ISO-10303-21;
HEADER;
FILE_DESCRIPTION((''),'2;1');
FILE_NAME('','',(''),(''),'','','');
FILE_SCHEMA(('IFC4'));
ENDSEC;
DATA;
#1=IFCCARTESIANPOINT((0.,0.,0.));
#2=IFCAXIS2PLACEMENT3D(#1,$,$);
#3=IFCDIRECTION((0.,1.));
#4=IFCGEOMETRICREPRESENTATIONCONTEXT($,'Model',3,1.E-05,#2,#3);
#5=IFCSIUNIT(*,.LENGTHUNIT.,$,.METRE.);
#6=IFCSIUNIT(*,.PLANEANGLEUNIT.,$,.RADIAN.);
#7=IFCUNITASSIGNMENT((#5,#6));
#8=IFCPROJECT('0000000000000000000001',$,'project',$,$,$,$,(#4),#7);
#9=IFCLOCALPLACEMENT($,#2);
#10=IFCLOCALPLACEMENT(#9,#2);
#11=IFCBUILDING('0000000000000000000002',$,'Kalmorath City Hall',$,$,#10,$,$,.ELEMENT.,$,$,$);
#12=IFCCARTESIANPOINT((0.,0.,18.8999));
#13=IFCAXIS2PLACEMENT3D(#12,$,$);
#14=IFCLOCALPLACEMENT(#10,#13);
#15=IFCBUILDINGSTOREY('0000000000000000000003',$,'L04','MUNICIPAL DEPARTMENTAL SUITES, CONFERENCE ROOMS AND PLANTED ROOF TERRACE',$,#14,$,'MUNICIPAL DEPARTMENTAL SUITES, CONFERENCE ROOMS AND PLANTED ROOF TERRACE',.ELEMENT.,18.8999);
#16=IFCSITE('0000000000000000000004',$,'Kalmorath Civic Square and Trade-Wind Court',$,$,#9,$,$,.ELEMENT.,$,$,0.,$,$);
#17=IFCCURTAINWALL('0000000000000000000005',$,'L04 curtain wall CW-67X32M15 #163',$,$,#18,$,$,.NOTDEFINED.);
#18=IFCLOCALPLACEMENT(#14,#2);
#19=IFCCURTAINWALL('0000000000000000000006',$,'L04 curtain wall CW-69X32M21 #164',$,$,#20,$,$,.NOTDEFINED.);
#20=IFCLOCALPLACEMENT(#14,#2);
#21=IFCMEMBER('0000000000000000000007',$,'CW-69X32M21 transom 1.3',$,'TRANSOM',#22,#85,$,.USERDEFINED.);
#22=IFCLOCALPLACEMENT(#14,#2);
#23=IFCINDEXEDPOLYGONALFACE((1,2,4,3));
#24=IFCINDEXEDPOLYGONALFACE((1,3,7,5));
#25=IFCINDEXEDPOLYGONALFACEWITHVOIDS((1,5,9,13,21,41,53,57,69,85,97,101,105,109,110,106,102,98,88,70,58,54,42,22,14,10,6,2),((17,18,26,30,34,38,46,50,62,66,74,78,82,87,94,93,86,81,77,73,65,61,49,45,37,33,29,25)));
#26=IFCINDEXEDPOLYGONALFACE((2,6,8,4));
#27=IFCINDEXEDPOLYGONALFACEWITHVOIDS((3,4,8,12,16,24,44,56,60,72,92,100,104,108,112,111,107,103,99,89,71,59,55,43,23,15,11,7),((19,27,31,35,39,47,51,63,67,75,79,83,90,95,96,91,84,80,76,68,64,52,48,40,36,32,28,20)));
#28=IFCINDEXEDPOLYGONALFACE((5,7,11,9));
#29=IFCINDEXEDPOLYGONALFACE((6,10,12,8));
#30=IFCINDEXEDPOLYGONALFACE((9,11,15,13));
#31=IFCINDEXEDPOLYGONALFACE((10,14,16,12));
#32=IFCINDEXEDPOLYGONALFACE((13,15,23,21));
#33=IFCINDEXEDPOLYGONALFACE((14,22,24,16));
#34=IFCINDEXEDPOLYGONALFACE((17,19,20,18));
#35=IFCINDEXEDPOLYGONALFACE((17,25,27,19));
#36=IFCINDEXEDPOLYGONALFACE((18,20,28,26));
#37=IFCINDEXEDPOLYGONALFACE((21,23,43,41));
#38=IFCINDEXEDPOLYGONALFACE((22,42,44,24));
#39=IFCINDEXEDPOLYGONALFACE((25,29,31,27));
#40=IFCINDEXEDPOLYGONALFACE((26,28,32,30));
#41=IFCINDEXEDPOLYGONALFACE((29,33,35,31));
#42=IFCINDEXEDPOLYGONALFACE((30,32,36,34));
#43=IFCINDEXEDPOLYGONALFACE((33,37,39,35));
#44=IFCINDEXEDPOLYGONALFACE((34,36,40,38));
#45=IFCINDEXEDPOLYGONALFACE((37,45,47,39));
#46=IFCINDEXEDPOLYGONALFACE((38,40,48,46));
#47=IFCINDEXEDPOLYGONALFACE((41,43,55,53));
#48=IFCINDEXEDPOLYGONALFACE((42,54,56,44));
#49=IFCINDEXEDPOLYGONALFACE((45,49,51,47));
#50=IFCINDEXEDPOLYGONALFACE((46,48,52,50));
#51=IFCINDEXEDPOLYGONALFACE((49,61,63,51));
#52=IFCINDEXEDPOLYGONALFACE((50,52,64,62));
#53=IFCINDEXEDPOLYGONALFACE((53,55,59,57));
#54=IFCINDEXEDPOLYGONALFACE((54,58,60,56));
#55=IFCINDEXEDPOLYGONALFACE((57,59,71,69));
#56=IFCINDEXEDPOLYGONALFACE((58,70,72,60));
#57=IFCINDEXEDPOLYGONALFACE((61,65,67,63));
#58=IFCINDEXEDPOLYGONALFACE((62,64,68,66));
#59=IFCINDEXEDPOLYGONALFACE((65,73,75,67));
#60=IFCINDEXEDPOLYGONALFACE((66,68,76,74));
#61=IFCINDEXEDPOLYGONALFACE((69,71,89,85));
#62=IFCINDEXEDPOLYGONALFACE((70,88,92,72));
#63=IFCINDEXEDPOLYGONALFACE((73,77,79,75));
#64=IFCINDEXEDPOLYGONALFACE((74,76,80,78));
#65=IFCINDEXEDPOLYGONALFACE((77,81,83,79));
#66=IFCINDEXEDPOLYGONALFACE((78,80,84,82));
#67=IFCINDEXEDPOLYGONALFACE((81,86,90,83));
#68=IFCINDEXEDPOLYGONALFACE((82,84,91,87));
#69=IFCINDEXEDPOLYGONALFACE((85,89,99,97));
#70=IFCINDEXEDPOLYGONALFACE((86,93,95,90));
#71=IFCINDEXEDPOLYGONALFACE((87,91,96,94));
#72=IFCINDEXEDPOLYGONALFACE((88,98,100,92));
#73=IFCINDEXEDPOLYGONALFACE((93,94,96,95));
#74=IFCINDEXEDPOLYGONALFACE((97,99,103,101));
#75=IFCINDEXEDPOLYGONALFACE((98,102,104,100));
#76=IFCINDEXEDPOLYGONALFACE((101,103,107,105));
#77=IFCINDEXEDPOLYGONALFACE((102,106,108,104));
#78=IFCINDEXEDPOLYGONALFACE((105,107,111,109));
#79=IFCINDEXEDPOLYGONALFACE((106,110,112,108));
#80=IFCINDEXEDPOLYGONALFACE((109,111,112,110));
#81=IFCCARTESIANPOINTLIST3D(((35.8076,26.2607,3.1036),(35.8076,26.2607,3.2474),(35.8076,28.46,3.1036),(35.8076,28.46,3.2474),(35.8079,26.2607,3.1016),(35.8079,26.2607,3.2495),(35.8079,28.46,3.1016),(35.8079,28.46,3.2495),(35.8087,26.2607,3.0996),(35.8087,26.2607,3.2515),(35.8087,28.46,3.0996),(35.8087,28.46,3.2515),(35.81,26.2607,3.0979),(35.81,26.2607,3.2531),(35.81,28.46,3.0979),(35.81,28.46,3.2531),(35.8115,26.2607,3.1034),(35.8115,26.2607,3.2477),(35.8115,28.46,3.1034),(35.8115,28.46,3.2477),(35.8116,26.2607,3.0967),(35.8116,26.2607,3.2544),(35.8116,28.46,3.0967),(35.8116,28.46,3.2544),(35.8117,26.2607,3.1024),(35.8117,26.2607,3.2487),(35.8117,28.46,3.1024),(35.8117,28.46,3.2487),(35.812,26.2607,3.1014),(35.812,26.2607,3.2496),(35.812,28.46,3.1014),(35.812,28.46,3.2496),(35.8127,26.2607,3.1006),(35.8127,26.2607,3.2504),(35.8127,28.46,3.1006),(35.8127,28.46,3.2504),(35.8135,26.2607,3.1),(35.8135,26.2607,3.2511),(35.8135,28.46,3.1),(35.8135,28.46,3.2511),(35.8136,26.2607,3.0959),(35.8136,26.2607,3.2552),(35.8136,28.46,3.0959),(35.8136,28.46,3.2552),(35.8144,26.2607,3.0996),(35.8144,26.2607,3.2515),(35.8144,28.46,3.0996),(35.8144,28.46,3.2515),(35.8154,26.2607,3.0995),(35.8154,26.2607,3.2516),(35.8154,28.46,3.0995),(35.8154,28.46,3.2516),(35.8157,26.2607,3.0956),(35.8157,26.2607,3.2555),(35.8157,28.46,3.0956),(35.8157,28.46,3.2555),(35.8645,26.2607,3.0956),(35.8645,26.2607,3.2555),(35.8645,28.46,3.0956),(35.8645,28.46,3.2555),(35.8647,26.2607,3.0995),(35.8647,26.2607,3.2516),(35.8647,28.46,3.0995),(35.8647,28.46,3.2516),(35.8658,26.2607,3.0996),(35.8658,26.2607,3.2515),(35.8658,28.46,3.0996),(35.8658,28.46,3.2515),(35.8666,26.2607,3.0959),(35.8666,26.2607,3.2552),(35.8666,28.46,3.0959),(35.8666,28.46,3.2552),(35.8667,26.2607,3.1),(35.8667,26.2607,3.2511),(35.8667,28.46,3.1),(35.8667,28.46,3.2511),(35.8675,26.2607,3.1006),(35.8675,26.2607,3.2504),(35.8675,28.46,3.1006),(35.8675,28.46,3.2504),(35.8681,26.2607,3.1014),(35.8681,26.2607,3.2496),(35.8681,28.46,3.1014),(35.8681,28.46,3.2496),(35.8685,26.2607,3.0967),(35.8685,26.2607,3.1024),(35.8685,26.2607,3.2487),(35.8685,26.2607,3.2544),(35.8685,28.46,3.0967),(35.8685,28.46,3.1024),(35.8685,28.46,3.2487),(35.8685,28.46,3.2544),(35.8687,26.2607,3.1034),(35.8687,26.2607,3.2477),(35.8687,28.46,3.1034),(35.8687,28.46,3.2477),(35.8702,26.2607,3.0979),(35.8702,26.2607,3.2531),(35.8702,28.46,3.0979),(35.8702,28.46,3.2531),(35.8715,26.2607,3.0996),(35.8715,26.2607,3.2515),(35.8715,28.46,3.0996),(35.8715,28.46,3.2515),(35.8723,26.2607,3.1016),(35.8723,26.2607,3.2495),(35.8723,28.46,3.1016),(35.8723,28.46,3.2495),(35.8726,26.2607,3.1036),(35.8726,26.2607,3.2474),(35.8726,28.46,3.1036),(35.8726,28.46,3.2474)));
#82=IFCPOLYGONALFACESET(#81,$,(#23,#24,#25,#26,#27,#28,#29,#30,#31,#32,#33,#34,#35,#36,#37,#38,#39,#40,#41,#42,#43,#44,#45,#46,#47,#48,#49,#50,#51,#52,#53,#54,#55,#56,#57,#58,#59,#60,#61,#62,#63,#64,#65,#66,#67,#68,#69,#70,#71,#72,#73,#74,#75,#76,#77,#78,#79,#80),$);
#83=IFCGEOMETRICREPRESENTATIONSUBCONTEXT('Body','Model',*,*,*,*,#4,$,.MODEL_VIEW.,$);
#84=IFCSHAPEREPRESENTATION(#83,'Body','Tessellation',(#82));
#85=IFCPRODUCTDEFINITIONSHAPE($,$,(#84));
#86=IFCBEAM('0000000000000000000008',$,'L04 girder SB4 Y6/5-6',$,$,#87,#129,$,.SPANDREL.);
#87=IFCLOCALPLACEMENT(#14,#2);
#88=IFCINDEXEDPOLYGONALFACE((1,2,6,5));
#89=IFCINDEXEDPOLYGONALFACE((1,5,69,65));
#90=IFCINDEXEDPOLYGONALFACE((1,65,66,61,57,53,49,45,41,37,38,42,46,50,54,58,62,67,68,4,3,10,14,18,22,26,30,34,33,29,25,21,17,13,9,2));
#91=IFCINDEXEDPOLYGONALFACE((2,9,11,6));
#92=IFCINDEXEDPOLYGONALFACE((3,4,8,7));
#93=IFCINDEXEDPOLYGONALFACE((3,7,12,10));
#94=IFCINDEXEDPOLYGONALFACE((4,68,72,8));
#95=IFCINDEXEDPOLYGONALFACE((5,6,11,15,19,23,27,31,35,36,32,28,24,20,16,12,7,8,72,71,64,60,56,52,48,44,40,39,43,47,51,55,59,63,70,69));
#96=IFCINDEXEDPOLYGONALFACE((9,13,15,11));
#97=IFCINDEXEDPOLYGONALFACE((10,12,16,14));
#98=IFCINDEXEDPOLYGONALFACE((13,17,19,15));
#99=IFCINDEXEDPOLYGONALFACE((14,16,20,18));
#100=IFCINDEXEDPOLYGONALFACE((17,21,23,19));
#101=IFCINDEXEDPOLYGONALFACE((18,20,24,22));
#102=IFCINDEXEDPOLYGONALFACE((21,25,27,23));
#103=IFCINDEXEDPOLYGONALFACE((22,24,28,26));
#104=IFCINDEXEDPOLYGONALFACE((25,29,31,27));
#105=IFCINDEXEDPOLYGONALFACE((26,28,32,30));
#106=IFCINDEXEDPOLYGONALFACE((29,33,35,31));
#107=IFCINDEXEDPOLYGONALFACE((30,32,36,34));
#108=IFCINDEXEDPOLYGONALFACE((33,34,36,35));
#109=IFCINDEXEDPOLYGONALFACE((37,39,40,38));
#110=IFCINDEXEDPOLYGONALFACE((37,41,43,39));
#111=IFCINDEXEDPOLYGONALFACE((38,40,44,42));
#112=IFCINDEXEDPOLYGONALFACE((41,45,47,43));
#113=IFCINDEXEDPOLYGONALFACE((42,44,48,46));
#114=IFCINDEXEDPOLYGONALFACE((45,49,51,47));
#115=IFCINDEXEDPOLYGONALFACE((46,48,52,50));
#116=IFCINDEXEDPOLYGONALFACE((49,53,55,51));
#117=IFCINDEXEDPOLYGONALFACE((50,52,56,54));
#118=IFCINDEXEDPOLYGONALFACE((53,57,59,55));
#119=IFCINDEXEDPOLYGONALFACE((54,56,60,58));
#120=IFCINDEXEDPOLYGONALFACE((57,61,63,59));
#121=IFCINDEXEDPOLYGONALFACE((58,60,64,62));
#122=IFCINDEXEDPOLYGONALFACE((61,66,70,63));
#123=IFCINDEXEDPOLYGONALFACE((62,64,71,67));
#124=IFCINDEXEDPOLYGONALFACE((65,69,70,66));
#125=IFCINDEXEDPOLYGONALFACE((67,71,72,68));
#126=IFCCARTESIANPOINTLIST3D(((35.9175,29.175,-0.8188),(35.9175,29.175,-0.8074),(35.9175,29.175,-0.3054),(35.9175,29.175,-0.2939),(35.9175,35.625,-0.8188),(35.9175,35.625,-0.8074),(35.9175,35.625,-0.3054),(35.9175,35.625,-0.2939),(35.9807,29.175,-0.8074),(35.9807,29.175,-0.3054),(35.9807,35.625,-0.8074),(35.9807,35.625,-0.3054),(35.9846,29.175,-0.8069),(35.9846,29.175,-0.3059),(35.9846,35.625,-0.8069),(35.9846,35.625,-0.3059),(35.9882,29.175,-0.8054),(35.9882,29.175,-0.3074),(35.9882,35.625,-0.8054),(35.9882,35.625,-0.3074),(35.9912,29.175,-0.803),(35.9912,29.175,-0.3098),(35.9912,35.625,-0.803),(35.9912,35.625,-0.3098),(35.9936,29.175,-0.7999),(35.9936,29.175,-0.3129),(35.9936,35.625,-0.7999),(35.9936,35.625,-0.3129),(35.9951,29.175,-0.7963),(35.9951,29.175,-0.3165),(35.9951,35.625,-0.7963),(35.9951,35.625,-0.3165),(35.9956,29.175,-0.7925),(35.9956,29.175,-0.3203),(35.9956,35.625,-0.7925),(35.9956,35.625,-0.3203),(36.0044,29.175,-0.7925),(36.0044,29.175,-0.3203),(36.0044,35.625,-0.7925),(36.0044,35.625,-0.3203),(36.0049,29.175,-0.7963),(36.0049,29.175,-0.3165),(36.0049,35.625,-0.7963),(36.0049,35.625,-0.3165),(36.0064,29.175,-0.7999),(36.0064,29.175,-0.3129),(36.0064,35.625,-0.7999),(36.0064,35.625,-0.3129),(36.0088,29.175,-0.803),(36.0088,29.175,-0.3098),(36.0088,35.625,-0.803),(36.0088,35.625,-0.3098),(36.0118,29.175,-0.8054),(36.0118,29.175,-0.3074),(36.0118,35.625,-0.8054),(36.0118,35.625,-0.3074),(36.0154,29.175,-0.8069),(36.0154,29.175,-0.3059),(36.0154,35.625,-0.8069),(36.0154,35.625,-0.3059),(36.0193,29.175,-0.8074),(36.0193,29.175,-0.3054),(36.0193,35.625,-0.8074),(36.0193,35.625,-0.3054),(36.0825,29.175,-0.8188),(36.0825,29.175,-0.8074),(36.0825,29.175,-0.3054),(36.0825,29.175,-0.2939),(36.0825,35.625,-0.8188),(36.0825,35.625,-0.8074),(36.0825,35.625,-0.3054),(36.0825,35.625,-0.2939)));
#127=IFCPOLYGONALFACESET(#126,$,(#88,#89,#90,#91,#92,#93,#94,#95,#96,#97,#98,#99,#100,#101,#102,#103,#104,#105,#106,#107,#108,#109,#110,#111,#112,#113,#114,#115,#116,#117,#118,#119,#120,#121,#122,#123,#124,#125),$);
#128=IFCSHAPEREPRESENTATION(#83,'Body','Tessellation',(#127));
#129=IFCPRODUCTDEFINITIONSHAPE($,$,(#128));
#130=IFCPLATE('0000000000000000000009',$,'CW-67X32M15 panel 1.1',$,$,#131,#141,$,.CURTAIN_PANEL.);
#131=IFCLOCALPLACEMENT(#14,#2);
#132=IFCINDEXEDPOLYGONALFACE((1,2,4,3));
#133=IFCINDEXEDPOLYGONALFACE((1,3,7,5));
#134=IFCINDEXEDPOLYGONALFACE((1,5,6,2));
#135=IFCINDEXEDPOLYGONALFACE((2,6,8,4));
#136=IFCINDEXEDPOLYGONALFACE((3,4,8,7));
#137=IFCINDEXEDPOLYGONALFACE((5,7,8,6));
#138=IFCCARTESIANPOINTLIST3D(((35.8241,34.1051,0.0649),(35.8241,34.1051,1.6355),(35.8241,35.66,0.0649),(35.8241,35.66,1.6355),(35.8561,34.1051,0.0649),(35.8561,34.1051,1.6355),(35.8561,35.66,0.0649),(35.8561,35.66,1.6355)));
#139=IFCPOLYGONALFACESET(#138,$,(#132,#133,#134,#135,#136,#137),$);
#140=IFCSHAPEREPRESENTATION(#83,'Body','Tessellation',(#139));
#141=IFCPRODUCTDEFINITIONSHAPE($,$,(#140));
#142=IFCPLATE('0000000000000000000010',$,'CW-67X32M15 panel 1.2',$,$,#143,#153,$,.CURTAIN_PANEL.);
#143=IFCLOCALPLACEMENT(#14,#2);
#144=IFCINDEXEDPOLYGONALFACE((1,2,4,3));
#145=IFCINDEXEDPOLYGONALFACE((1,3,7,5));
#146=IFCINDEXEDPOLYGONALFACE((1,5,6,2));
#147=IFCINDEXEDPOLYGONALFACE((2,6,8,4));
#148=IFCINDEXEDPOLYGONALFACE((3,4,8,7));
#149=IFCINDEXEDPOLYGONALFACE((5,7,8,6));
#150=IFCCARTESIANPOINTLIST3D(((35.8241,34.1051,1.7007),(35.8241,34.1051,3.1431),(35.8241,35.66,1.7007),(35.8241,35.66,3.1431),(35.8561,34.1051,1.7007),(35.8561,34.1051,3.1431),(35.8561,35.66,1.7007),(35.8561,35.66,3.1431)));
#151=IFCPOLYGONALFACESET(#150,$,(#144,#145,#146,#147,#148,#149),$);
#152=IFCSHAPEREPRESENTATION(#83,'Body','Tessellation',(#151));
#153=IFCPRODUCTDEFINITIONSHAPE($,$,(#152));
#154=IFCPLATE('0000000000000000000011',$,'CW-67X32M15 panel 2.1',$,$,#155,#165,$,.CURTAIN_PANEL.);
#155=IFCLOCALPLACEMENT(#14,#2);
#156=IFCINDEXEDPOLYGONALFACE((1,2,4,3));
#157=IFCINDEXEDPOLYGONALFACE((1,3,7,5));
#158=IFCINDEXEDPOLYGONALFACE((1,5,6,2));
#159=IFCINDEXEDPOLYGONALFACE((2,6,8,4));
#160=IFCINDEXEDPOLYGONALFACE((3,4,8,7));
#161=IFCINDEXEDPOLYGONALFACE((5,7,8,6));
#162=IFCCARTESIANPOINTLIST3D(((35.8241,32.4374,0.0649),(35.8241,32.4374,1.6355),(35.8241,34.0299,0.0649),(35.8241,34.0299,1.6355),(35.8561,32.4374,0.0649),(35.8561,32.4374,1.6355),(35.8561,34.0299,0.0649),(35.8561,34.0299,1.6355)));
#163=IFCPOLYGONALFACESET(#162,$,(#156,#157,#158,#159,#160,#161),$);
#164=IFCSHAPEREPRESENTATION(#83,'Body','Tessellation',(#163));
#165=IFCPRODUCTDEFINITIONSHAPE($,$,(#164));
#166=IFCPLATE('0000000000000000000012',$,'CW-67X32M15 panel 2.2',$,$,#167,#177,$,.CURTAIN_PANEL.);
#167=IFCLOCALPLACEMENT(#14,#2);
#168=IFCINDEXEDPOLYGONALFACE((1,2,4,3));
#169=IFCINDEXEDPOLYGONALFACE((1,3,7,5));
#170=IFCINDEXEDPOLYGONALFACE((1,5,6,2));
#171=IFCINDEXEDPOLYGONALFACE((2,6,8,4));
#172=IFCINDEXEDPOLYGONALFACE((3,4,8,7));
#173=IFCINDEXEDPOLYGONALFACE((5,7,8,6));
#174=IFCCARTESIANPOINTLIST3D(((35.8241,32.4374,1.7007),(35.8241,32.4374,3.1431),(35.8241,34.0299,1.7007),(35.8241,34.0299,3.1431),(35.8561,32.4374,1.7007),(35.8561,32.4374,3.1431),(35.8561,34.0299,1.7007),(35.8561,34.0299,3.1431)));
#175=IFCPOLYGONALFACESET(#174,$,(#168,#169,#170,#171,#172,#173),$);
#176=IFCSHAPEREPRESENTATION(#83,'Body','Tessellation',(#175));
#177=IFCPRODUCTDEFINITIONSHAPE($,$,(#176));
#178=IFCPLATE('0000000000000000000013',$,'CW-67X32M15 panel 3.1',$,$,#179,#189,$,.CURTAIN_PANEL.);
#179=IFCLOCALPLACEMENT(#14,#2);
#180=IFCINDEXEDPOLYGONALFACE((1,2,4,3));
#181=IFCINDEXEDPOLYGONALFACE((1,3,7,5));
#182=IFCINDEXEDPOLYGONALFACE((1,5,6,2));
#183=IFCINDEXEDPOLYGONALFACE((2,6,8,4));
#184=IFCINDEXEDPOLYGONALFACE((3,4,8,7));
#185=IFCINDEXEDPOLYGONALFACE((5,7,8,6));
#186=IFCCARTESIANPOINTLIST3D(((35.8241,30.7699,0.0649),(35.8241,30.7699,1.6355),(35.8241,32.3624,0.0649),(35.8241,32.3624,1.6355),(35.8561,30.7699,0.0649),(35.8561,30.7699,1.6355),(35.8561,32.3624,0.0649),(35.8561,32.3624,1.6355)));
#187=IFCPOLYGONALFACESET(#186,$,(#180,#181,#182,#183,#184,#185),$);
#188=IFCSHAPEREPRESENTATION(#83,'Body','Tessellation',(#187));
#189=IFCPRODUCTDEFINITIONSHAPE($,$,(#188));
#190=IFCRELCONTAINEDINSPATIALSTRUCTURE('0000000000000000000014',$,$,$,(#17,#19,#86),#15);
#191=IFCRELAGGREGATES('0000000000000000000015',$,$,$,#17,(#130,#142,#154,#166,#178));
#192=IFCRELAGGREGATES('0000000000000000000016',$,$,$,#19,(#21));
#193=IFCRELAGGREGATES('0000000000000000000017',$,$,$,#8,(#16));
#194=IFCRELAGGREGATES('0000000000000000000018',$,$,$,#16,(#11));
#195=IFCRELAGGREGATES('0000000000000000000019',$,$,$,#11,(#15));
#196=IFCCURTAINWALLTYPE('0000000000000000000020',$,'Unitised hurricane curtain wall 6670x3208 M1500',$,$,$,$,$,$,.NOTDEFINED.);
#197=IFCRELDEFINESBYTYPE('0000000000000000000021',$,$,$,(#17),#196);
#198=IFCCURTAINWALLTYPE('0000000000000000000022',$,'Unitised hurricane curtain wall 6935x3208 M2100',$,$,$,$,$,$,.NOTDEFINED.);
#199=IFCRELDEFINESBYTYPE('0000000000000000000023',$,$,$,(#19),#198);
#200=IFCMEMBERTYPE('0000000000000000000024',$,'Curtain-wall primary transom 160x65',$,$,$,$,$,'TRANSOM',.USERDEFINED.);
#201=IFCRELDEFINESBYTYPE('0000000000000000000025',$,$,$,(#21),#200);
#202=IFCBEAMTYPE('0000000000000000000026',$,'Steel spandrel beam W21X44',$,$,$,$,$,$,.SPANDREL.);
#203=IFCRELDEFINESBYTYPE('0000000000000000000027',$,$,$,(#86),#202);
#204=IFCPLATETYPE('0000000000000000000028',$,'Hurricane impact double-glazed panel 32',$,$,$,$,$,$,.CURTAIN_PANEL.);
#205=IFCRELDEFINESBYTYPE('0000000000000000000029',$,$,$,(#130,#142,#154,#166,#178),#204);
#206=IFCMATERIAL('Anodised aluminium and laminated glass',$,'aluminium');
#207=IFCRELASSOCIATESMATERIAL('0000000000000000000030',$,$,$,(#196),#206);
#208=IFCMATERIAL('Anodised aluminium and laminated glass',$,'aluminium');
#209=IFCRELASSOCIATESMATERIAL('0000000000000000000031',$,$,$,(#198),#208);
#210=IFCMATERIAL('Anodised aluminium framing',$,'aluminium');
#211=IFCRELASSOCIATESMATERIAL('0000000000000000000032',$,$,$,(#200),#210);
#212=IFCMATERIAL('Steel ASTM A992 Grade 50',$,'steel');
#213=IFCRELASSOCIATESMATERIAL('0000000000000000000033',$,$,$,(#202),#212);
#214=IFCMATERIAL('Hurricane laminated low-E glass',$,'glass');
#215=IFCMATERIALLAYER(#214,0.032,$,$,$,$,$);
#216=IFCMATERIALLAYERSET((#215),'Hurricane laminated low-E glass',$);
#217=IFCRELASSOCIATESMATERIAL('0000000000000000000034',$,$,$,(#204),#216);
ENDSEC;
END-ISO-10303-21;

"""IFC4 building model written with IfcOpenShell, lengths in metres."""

from ifc_helpers import new_model, si_unit, direction, frame, origin, origin_2d, place, context, subcontext, project, spatial, rectangle, hollow_rectangle, i_section, extrude, material, layer, layer_set, material_profile, profile_set, type_object, element, aggregate, save


model = new_model("IFC4")

# Units and contexts
model_context = context("Model", 3, precision=1e-05, world=origin(), true_north=direction((0.0, 1.0)))
body_context = subcontext(model_context, "Body", "Model", "MODEL_VIEW")
ifc_project = project(units=[si_unit("LENGTHUNIT", "METRE"), si_unit("PLANEANGLEUNIT", "RADIAN")], contexts=[model_context])

# Site, building, storey
site_placement = place(None, origin())
site = spatial("IfcSite", under=ifc_project, at=site_placement, Name="Kalmorath Civic Square and Trade-Wind Court", CompositionType="ELEMENT", RefElevation=0.0)
building_placement = place(site_placement, origin())
building = spatial("IfcBuilding", under=site, at=building_placement, Name="Kalmorath City Hall", CompositionType="ELEMENT")
storey_placement = place(building_placement, frame((0.0, 0.0, 18.8999)))
storey = spatial("IfcBuildingStorey", under=building, at=storey_placement, Name="L04", Description="MUNICIPAL DEPARTMENTAL SUITES, CONFERENCE ROOMS AND PLANTED ROOF TERRACE", LongName="MUNICIPAL DEPARTMENTAL SUITES, CONFERENCE ROOMS AND PLANTED ROOF TERRACE", CompositionType="ELEMENT", Elevation=18.8999)

# Curtain wall
ifc_material_1 = material(Name="Anodised aluminium and laminated glass", Category="aluminium")
curtain_wall_type_1 = type_object("IfcCurtainWallType", Name="Unitised hurricane curtain wall 6670x3208 M1500", PredefinedType="NOTDEFINED", material=ifc_material_1)
curtain_wall_1_placement = place(storey_placement, origin())
curtain_wall_1 = element("IfcCurtainWall", 1, at=curtain_wall_1_placement, inside=storey, type_object=curtain_wall_type_1, Name="L04 curtain wall CW-67X32M15 #163", PredefinedType="NOTDEFINED")

# Curtain wall
ifc_material_2 = material(Name="Anodised aluminium and laminated glass", Category="aluminium")
curtain_wall_type_2 = type_object("IfcCurtainWallType", Name="Unitised hurricane curtain wall 6935x3208 M2100", PredefinedType="NOTDEFINED", material=ifc_material_2)
curtain_wall_2_placement = place(storey_placement, origin())
curtain_wall_2 = element("IfcCurtainWall", 2, at=curtain_wall_2_placement, inside=storey, type_object=curtain_wall_type_2, Name="L04 curtain wall CW-69X32M21 #164", PredefinedType="NOTDEFINED")

# Member
ifc_material_3 = material(Name="Anodised aluminium framing", Category="aluminium")
ifc_material_profile_1 = material_profile(ifc_material_3, hollow_rectangle(XDim=0.0649, YDim=0.1599, WallThickness=0.0039, InnerFilletRadius=0.0039, OuterFilletRadius=0.0081, at=origin_2d()), Name="ALU-TRN-160X65X4")
ifc_profile_set_1 = profile_set([ifc_material_profile_1], Name="Anodised aluminium framing")
member_type_1 = type_object("IfcMemberType", Name="Curtain-wall primary transom 160x65", ElementType="TRANSOM", PredefinedType="USERDEFINED", material=ifc_profile_set_1)
member_1_placement = place(storey_placement, frame((35.8401, 28.46, 3.1755), z_axis=(0.0, -1.0, 0.0), x_axis=(1.0, 0.0, 0.0)))
member_1 = element("IfcMember", 3, at=member_1_placement, type_object=member_type_1, Name="CW-69X32M21 transom 1.3", ObjectType="TRANSOM", PredefinedType="USERDEFINED", context=body_context, shape_type="SweptSolid", body=[
    extrude(hollow_rectangle(XDim=0.0649, YDim=0.1599, WallThickness=0.0039, InnerFilletRadius=0.0039, OuterFilletRadius=0.0081, at=origin_2d()), origin(), (0.0, 0.0, 1.0), 2.1992),
])

# Beam
ifc_material_4 = material(Name="Steel ASTM A992 Grade 50", Category="steel")
ifc_material_profile_2 = material_profile(ifc_material_4, i_section(OverallWidth=0.165, OverallDepth=0.5249, WebThickness=0.0088, FlangeThickness=0.0115, FilletRadius=0.0149, at=origin_2d()), Name="W21X44")
ifc_profile_set_2 = profile_set([ifc_material_profile_2], Name="Steel ASTM A992 Grade 50")
beam_type = type_object("IfcBeamType", Name="Steel spandrel beam W21X44", PredefinedType="SPANDREL", material=ifc_profile_set_2)
beam_placement = place(storey_placement, frame((36.0, 29.175, -0.5564), z_axis=(0.0, 1.0, 0.0), x_axis=(-1.0, 0.0, 0.0)))
element("IfcBeam", 4, at=beam_placement, inside=storey, type_object=beam_type, Name="L04 girder SB4 Y6/5-6", PredefinedType="SPANDREL", context=body_context, shape_type="SweptSolid", body=[
    extrude(i_section(OverallWidth=0.165, OverallDepth=0.5249, WebThickness=0.0088, FlangeThickness=0.0115, FilletRadius=0.0149, at=origin_2d()), origin(), (0.0, 0.0, 1.0), 6.45),
])

# Plates
ifc_material_5 = material(Name="Hurricane laminated low-E glass", Category="glass")
ifc_layer = layer(ifc_material_5, 0.032)
ifc_layer_set = layer_set([ifc_layer], Name="Hurricane laminated low-E glass")
plate_type = type_object("IfcPlateType", Name="Hurricane impact double-glazed panel 32", PredefinedType="CURTAIN_PANEL", material=ifc_layer_set)
plate_1_placement = place(storey_placement, frame((35.8401, 34.8826, 0.0649), z_axis=(0.0, 0.0, 1.0), x_axis=(0.0, -1.0, 0.0)))
plate_1 = element("IfcPlate", 5, at=plate_1_placement, type_object=plate_type, Name="CW-67X32M15 panel 1.1", PredefinedType="CURTAIN_PANEL", context=body_context, shape_type="SweptSolid", body=[
    extrude(rectangle(XDim=1.5549, YDim=0.032, at=origin_2d()), origin(), (0.0, 0.0, 1.0), 1.5706),
])
plate_2_placement = place(storey_placement, frame((35.8401, 34.8826, 1.7007), z_axis=(0.0, 0.0, 1.0), x_axis=(0.0, -1.0, 0.0)))
plate_2 = element("IfcPlate", 6, at=plate_2_placement, type_object=plate_type, Name="CW-67X32M15 panel 1.2", PredefinedType="CURTAIN_PANEL", context=body_context, shape_type="SweptSolid", body=[
    extrude(rectangle(XDim=1.5549, YDim=0.032, at=origin_2d()), origin(), (0.0, 0.0, 1.0), 1.4424),
])
plate_3_placement = place(storey_placement, frame((35.8401, 33.2336, 0.0649), z_axis=(0.0, 0.0, 1.0), x_axis=(0.0, -1.0, 0.0)))
plate_3 = element("IfcPlate", 7, at=plate_3_placement, type_object=plate_type, Name="CW-67X32M15 panel 2.1", PredefinedType="CURTAIN_PANEL", context=body_context, shape_type="SweptSolid", body=[
    extrude(rectangle(XDim=1.5925, YDim=0.032, at=origin_2d()), origin(), (0.0, 0.0, 1.0), 1.5706),
])
plate_4_placement = place(storey_placement, frame((35.8401, 33.2336, 1.7007), z_axis=(0.0, 0.0, 1.0), x_axis=(0.0, -1.0, 0.0)))
plate_4 = element("IfcPlate", 8, at=plate_4_placement, type_object=plate_type, Name="CW-67X32M15 panel 2.2", PredefinedType="CURTAIN_PANEL", context=body_context, shape_type="SweptSolid", body=[
    extrude(rectangle(XDim=1.5925, YDim=0.032, at=origin_2d()), origin(), (0.0, 0.0, 1.0), 1.4424),
])
plate_5_placement = place(storey_placement, frame((35.8401, 31.5662, 0.0649), z_axis=(0.0, 0.0, 1.0), x_axis=(0.0, -1.0, 0.0)))
plate_5 = element("IfcPlate", 9, at=plate_5_placement, type_object=plate_type, Name="CW-67X32M15 panel 3.1", PredefinedType="CURTAIN_PANEL", context=body_context, shape_type="SweptSolid", body=[
    extrude(rectangle(XDim=1.5925, YDim=0.032, at=origin_2d()), origin(), (0.0, 0.0, 1.0), 1.5706),
])
aggregate(curtain_wall_1, [plate_1, plate_2, plate_3, plate_4, plate_5])
aggregate(curtain_wall_2, [member_1])

save(model, "model.ifc")
